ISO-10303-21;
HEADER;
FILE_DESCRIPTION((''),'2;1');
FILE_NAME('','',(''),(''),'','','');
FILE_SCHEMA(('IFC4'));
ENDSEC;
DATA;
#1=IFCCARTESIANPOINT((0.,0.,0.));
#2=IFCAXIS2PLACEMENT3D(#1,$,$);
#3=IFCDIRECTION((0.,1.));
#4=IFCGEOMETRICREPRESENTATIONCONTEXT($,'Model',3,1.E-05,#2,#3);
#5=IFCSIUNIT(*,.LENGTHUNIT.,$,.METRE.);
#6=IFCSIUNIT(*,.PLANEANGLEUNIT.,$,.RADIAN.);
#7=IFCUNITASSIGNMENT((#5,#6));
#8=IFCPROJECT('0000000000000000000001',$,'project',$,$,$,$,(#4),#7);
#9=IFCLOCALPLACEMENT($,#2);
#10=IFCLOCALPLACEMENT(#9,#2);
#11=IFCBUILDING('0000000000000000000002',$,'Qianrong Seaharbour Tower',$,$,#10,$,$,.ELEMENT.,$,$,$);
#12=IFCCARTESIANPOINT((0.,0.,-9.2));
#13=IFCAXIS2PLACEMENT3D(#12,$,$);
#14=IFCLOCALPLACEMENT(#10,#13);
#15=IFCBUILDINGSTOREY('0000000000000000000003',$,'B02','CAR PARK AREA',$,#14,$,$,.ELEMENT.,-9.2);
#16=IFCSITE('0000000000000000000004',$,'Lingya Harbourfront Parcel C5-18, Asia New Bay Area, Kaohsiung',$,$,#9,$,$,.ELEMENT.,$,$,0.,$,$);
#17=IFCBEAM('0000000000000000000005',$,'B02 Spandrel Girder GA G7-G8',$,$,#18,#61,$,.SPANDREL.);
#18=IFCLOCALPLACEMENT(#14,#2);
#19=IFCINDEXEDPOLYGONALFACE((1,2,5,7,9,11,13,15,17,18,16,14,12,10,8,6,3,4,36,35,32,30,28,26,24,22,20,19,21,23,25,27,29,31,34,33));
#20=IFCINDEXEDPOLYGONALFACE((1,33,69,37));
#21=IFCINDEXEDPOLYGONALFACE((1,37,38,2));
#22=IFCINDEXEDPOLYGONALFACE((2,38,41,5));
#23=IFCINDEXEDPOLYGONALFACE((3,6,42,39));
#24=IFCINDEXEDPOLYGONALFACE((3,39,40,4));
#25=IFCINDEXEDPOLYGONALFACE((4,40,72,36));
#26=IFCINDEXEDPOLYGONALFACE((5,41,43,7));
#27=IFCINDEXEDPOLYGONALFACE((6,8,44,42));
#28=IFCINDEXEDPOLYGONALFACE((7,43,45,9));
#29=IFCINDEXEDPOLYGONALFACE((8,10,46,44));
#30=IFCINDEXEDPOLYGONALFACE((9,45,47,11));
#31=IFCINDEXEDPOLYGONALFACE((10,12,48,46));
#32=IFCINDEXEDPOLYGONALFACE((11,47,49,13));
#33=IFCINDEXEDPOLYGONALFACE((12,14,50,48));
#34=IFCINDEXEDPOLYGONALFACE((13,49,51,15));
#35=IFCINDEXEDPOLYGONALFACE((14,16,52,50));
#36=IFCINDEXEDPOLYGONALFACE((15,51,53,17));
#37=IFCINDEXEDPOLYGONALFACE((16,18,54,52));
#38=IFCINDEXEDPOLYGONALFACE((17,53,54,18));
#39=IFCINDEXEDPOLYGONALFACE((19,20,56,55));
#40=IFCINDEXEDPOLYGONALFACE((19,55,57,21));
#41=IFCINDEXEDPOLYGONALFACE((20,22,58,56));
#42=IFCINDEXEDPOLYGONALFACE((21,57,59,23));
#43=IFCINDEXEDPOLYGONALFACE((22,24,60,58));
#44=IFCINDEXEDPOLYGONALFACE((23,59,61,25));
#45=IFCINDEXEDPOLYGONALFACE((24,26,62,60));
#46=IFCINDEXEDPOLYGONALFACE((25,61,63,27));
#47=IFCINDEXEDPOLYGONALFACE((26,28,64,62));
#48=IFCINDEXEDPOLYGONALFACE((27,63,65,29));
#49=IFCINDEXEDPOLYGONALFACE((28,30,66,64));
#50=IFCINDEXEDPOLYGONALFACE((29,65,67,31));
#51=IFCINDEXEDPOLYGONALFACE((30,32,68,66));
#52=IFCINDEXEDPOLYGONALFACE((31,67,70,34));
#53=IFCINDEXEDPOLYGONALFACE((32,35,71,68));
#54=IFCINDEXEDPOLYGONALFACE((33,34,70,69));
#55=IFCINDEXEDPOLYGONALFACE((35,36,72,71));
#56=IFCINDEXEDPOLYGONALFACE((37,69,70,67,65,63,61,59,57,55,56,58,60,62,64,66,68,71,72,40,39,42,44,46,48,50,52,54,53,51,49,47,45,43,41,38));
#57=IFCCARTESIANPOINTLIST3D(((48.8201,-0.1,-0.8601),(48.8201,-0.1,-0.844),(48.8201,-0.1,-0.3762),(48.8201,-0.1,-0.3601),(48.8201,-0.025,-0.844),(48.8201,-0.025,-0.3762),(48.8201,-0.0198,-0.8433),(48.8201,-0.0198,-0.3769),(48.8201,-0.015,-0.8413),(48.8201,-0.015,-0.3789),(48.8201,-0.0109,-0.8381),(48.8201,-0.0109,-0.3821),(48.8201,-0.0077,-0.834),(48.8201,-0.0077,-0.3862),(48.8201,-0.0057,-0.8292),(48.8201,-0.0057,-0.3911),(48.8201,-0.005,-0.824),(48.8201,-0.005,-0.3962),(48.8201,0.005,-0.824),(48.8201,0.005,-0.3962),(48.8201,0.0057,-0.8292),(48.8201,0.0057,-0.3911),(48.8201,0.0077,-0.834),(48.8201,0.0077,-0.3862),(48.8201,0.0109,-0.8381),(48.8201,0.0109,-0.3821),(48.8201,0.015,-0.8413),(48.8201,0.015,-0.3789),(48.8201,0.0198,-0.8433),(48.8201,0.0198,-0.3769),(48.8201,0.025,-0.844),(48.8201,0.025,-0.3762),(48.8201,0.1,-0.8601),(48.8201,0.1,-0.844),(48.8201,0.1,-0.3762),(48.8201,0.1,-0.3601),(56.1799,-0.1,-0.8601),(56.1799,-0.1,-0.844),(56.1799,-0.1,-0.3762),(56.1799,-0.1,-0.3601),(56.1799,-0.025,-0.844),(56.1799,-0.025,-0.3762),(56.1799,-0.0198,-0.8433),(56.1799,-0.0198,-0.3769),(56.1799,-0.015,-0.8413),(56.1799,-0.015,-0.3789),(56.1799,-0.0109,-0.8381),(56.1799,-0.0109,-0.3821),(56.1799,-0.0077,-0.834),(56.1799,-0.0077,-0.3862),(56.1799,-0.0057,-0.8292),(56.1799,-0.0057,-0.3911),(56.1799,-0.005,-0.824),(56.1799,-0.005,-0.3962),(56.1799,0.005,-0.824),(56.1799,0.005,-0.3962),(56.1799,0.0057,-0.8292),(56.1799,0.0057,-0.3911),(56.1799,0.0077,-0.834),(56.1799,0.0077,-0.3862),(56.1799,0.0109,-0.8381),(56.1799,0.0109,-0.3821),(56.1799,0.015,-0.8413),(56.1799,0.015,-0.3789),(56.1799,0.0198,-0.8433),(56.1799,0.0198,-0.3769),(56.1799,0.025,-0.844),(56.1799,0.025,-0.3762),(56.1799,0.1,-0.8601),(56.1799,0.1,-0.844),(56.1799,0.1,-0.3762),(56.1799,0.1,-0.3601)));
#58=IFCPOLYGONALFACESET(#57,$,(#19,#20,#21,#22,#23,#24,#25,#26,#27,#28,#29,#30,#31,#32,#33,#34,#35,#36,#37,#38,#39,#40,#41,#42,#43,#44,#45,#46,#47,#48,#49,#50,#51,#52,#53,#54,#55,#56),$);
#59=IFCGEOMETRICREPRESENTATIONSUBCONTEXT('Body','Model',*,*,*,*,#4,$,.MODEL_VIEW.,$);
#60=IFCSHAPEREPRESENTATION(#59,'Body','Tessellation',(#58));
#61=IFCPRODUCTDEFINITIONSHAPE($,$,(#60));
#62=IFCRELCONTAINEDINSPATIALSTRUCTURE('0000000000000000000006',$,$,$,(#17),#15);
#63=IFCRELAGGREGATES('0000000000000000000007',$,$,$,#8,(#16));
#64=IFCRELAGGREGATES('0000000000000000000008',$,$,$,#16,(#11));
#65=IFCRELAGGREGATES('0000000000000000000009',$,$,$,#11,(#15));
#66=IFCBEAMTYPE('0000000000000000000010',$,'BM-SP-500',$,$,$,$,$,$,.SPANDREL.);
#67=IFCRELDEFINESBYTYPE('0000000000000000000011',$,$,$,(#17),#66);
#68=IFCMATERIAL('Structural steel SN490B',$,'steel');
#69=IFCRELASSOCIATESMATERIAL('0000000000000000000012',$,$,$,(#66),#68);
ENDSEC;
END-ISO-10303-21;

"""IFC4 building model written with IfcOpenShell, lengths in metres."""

from ifc_helpers import new_model, si_unit, direction, frame, origin, origin_2d, place, context, subcontext, project, spatial, i_section, extrude, material, material_profile, profile_set, type_object, element, save


model = new_model("IFC4")

# Units and contexts
model_context = context("Model", 3, precision=1e-05, world=origin(), true_north=direction((0.0, 1.0)))
body_context = subcontext(model_context, "Body", "Model", "MODEL_VIEW")
ifc_project = project(units=[si_unit("LENGTHUNIT", "METRE"), si_unit("PLANEANGLEUNIT", "RADIAN")], contexts=[model_context])

# Site, building, storey
site_placement = place(None, origin())
site = spatial("IfcSite", under=ifc_project, at=site_placement, Name="Lingya Harbourfront Parcel C5-18, Asia New Bay Area, Kaohsiung", CompositionType="ELEMENT", RefElevation=0.0)
building_placement = place(site_placement, origin())
building = spatial("IfcBuilding", under=site, at=building_placement, Name="Qianrong Seaharbour Tower", CompositionType="ELEMENT")
storey_placement = place(building_placement, frame((0.0, 0.0, -9.2)))
storey = spatial("IfcBuildingStorey", under=building, at=storey_placement, Name="B02", Description="CAR PARK AREA", CompositionType="ELEMENT", Elevation=-9.2)

# Shared definitions
ifc_material_1 = material(Name="Structural steel SN490B", Category="steel")

# Beam
ifc_material_profile_1 = material_profile(ifc_material_1, i_section(OverallWidth=0.2, OverallDepth=0.5, WebThickness=0.01, FlangeThickness=0.0161, FilletRadius=0.02, at=origin_2d()), Name="H500x200x10x16")
ifc_profile_set_1 = profile_set([ifc_material_profile_1], Name="Structural steel SN490B")
beam_type_1 = type_object("IfcBeamType", Name="BM-SP-500", PredefinedType="SPANDREL", material=ifc_profile_set_1)
for number, where, z_axis, x_axis, name in (
    (1, (48.8201, 0.0, -0.6101), (1.0, 0.0, 0.0), (0.0, 1.0, 0.0), "B02 Spandrel Girder GA G7-G8"),
):
    element("IfcBeam", number, at=place(storey_placement, frame(where, z_axis=z_axis, x_axis=x_axis)), inside=storey, type_object=beam_type_1, Name=name, PredefinedType="SPANDREL", context=body_context, shape_type="SweptSolid", body=[
        extrude(i_section(OverallWidth=0.2, OverallDepth=0.5, WebThickness=0.01, FlangeThickness=0.0161, FilletRadius=0.02, at=origin_2d()), origin(), (0.0, 0.0, 1.0), 7.3599),
    ])

save(model, "model.ifc")
